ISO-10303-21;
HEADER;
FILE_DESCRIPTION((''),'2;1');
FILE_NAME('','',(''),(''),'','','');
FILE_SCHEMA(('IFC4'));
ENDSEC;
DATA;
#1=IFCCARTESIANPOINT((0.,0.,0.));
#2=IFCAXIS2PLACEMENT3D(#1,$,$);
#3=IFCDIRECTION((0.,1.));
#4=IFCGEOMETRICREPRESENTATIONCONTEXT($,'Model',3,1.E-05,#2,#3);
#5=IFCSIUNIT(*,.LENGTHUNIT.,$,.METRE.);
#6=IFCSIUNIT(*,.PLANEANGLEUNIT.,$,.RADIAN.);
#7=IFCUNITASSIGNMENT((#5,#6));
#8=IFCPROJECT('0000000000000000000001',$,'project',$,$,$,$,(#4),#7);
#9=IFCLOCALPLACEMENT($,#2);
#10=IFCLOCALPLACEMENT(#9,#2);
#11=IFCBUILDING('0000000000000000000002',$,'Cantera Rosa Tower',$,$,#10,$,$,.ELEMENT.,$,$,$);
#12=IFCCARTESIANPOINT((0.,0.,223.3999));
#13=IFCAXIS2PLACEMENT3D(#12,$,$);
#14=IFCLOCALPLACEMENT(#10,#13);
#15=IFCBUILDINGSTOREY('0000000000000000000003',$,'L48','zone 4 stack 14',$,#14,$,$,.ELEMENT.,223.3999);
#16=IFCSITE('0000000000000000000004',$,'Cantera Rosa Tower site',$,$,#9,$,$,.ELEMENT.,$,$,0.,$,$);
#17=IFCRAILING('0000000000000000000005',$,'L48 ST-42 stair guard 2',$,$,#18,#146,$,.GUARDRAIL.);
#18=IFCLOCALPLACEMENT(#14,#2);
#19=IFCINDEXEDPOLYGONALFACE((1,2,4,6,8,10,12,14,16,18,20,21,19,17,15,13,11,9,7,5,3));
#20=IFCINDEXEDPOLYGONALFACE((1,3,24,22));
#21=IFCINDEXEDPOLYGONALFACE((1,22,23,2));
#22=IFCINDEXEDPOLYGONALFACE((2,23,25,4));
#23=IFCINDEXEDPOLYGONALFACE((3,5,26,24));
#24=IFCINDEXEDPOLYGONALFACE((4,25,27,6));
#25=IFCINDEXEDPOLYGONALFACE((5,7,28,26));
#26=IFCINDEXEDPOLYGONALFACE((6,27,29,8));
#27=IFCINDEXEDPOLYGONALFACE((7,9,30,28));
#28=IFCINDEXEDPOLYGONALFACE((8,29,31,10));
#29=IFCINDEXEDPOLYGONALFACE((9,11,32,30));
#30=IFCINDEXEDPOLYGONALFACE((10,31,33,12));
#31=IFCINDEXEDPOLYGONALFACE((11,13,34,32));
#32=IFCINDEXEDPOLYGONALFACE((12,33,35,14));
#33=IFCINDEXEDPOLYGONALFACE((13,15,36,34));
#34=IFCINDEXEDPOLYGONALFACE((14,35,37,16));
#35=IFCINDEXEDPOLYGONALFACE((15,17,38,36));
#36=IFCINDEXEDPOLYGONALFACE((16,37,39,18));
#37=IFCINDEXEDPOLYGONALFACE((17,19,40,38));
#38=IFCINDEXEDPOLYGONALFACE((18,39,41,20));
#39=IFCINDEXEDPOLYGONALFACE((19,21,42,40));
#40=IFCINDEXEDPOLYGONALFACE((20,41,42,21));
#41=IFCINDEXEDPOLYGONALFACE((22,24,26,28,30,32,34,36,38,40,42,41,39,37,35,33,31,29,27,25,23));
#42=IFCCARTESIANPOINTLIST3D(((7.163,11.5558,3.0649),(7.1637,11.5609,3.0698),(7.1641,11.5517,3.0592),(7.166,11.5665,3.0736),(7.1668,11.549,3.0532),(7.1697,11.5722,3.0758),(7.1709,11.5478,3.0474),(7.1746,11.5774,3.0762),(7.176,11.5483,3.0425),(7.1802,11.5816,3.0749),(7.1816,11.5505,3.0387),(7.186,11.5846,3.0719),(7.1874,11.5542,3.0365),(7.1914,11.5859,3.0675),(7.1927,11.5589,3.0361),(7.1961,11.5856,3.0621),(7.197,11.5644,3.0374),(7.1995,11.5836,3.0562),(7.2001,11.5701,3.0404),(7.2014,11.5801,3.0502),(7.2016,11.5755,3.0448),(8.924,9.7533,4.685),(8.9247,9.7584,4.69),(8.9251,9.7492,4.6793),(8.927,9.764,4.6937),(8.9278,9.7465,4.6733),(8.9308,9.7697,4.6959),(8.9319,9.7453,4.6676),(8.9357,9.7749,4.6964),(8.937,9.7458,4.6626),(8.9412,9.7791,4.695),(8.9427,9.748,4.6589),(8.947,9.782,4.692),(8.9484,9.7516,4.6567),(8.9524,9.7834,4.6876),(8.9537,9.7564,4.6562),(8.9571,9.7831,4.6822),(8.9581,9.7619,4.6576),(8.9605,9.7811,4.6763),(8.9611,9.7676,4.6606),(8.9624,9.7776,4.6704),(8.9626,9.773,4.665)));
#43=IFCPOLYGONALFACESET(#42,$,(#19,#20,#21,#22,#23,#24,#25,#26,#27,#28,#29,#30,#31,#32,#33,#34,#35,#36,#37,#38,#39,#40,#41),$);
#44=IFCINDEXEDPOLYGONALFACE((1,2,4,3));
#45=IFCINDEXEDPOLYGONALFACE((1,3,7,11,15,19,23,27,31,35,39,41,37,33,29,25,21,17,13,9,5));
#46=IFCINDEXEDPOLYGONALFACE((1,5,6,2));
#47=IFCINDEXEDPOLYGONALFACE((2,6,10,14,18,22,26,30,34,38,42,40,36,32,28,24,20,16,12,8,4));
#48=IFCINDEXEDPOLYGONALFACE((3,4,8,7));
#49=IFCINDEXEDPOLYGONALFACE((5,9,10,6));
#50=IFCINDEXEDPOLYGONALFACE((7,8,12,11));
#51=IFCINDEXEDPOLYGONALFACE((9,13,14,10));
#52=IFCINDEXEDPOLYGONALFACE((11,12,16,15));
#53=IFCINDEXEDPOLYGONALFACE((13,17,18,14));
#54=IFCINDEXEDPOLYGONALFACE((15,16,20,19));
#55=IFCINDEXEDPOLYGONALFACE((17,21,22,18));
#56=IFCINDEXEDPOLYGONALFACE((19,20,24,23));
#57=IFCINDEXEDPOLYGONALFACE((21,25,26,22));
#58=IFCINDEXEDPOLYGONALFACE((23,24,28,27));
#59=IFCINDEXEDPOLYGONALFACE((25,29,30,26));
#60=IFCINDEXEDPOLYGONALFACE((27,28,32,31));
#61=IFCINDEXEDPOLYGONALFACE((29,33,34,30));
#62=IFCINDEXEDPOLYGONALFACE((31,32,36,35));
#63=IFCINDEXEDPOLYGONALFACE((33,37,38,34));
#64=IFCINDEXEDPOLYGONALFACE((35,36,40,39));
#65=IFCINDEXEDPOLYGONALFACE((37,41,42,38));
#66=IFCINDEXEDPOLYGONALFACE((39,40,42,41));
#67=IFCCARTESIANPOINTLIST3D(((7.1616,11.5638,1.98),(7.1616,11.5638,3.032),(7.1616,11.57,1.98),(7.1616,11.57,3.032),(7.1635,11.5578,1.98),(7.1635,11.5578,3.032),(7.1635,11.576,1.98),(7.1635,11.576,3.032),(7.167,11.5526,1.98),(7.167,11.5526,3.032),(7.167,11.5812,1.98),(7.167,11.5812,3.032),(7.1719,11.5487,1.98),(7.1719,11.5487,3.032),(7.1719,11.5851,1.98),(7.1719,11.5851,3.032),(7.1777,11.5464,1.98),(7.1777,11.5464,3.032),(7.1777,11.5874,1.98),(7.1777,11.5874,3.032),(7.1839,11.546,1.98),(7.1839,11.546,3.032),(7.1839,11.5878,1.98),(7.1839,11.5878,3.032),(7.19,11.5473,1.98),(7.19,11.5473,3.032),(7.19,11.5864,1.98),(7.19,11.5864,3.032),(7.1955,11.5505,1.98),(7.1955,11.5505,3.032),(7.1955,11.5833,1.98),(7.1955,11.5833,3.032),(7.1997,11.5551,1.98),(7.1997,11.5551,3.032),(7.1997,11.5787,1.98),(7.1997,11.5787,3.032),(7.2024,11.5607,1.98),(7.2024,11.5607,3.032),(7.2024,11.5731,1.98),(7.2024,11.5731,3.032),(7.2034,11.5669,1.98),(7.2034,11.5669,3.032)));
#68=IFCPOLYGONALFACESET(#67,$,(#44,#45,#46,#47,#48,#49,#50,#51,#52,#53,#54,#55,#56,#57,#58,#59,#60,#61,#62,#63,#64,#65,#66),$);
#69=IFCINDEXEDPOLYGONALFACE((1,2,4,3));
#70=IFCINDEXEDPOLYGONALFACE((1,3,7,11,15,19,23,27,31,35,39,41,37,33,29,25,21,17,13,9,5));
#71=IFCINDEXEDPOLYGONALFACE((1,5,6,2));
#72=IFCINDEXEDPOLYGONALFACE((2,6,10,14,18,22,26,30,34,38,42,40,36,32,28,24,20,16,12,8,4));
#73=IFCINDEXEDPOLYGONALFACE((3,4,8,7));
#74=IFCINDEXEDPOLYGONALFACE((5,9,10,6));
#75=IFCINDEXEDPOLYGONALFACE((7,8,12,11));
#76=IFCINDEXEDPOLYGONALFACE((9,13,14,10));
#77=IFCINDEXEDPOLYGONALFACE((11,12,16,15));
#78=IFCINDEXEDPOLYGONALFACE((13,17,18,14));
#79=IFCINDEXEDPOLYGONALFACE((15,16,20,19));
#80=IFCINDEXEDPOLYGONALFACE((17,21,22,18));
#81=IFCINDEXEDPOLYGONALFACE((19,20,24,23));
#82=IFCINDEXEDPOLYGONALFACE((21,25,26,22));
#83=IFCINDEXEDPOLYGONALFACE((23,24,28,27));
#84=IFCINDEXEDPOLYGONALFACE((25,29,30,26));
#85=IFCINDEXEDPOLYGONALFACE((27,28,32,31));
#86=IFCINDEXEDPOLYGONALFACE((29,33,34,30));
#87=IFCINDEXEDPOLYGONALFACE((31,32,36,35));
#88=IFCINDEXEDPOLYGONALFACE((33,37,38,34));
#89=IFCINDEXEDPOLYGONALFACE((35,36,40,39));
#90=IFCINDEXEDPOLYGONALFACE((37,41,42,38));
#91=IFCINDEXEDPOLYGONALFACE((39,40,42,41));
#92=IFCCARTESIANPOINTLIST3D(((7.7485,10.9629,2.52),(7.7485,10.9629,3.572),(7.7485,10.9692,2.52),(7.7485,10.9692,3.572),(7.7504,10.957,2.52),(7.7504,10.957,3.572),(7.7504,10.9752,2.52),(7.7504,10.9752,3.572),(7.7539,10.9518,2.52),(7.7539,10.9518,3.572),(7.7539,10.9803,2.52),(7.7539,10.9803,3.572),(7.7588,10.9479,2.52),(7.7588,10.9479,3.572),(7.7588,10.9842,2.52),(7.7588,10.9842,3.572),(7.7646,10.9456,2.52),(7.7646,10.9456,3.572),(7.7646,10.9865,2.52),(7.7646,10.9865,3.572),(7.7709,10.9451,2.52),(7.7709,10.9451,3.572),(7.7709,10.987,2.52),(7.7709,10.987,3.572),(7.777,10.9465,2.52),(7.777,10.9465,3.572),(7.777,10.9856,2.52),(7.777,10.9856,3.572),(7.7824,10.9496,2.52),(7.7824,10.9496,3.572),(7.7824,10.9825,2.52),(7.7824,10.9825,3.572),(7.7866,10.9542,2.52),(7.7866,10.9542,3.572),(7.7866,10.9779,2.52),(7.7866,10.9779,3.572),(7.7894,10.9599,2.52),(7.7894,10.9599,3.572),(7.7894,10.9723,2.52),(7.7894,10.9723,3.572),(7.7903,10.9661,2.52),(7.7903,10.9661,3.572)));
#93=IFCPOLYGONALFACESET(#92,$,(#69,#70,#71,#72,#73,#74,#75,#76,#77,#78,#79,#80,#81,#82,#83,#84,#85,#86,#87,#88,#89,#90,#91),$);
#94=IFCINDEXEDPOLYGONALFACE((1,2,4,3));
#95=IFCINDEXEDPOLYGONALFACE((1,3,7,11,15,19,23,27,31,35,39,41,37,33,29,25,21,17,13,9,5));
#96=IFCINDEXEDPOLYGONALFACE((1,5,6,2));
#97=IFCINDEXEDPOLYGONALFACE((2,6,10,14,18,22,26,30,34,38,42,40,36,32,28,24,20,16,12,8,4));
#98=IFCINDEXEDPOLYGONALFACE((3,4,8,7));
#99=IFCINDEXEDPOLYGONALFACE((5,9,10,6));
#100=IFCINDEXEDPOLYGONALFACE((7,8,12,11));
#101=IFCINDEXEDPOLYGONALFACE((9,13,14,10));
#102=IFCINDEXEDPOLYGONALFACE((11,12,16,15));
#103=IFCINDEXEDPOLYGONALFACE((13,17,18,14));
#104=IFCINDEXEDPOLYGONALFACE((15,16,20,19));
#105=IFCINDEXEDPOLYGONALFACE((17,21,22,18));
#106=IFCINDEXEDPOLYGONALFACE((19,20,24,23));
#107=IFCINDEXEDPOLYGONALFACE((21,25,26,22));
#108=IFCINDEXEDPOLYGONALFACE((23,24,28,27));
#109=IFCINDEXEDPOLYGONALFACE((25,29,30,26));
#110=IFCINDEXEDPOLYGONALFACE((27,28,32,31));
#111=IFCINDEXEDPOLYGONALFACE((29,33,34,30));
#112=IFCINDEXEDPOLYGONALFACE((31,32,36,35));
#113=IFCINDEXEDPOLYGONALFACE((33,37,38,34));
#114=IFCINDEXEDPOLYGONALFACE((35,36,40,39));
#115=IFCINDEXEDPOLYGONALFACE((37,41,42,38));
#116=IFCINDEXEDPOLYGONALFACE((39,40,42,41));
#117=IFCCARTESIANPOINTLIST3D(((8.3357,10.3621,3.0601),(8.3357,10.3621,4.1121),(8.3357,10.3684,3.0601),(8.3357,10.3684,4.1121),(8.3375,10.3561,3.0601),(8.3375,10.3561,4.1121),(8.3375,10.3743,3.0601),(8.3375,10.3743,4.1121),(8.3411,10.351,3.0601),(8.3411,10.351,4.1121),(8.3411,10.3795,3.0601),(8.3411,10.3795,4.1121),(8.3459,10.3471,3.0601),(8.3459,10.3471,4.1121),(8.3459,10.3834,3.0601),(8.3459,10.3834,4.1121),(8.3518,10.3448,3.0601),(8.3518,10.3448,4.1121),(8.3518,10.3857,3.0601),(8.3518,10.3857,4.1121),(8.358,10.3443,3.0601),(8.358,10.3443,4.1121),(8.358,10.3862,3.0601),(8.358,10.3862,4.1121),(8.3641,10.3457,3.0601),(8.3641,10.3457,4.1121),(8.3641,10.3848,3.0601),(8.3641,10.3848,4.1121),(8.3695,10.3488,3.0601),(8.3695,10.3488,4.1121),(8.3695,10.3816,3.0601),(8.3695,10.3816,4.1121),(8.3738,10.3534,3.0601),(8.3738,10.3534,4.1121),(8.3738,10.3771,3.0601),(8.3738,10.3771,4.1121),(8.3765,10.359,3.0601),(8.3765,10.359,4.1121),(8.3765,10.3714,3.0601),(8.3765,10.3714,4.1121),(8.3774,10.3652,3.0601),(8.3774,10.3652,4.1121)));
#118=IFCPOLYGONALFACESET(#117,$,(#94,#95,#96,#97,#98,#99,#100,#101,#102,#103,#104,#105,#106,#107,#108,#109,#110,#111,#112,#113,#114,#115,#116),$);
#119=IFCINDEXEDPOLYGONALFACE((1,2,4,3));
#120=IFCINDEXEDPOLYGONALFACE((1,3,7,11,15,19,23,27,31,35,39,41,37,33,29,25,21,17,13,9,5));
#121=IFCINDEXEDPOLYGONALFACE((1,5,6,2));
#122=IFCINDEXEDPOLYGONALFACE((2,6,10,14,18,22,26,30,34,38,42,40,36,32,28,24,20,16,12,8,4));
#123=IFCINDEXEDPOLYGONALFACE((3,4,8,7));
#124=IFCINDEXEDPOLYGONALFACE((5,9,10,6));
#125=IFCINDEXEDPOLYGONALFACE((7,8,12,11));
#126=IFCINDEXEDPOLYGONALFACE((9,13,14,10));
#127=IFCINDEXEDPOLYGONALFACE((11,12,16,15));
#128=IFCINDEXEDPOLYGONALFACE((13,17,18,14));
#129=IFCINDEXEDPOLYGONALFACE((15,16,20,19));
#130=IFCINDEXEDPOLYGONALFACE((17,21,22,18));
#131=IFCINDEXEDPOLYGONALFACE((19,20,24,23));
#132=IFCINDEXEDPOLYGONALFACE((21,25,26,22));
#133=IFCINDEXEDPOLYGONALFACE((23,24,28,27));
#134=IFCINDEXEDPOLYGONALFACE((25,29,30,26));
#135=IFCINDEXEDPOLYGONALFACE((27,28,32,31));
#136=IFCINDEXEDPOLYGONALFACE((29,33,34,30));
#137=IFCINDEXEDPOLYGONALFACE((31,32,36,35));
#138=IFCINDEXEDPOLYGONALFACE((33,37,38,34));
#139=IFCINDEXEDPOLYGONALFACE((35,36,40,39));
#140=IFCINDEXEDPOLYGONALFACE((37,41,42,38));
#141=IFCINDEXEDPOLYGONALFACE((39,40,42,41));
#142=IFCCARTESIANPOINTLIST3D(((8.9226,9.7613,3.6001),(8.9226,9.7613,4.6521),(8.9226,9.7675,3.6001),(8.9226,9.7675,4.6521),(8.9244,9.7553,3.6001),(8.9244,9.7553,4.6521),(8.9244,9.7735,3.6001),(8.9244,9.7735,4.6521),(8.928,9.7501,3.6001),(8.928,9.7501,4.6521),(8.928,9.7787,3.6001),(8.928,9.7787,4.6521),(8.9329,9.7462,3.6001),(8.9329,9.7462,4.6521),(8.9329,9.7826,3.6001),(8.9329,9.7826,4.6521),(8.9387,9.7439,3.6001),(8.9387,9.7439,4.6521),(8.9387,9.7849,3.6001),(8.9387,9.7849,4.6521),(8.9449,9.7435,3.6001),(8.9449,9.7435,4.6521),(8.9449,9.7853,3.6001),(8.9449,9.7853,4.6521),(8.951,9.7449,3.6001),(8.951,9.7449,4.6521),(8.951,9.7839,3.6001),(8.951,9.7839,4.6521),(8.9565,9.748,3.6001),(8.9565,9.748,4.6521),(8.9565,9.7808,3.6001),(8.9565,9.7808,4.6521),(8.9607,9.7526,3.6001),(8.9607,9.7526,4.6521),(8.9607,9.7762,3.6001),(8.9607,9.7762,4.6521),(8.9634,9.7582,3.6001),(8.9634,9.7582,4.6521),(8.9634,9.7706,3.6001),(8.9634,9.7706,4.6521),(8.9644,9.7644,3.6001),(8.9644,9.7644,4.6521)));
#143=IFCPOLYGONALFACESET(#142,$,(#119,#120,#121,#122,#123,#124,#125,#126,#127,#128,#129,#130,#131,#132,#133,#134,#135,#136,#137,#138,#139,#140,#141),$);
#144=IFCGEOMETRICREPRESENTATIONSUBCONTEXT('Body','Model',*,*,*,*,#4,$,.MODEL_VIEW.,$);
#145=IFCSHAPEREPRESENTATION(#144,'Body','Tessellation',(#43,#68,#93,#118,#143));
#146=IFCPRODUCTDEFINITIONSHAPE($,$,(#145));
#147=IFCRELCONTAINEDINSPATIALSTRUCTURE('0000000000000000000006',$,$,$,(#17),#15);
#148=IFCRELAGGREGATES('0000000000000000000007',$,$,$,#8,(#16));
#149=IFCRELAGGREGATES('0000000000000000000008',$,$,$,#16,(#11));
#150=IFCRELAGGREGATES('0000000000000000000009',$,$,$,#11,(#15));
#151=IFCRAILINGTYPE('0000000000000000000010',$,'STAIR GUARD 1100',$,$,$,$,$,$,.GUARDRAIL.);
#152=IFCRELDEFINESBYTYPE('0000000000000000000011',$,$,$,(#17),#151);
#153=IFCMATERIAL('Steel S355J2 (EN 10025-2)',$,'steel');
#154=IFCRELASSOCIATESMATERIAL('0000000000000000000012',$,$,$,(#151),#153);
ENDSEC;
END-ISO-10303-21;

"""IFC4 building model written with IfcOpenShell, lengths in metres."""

from ifc_helpers import new_model, si_unit, direction, frame, origin, origin_2d, place, context, subcontext, project, spatial, circle, extrude, material, type_object, element, save


model = new_model("IFC4")

# Units and contexts
model_context = context("Model", 3, precision=1e-05, world=origin(), true_north=direction((0.0, 1.0)))
body_context = subcontext(model_context, "Body", "Model", "MODEL_VIEW")
ifc_project = project(units=[si_unit("LENGTHUNIT", "METRE"), si_unit("PLANEANGLEUNIT", "RADIAN")], contexts=[model_context])

# Site, building, storey
site_placement = place(None, origin())
site = spatial("IfcSite", under=ifc_project, at=site_placement, Name="Cantera Rosa Tower site", CompositionType="ELEMENT", RefElevation=0.0)
building_placement = place(site_placement, origin())
building = spatial("IfcBuilding", under=site, at=building_placement, Name="Cantera Rosa Tower", CompositionType="ELEMENT")
storey_placement = place(building_placement, frame((0.0, 0.0, 223.3999)))
storey = spatial("IfcBuildingStorey", under=building, at=storey_placement, Name="L48", Description="zone 4 stack 14", CompositionType="ELEMENT", Elevation=223.3999)

# Railing
ifc_material_1 = material(Name="Steel S355J2 (EN 10025-2)", Category="steel")
railing_type_1 = type_object("IfcRailingType", Name="STAIR GUARD 1100", PredefinedType="GUARDRAIL", material=ifc_material_1)
railing_1_placement = place(storey_placement, frame((7.1824, 11.5669, 1.98)))
element("IfcRailing", 1, at=railing_1_placement, inside=storey, type_object=railing_type_1, Name="L48 ST-42 stair guard 2", PredefinedType="GUARDRAIL", context=body_context, shape_type="SweptSolid", body=[
    extrude(circle(Radius=0.0239, at=origin_2d()), frame((0.0, 0.0, 1.0762), z_axis=(0.587818, -0.601672, 0.540796), x_axis=(0.715294, 0.698824, 0.0)), (0.0, 0.0, 1.0), 2.9958),
    extrude(circle(Radius=0.021, at=origin_2d()), origin(), (0.0, 0.0, 1.0), 1.052),
    extrude(circle(Radius=0.021, at=origin_2d()), frame((0.5869, -0.6008, 0.54)), (0.0, 0.0, 1.0), 1.052),
    extrude(circle(Radius=0.021, at=origin_2d()), frame((1.1741, -1.2017, 1.0801)), (0.0, 0.0, 1.0), 1.052),
    extrude(circle(Radius=0.021, at=origin_2d()), frame((1.761, -1.8025, 1.6201)), (0.0, 0.0, 1.0), 1.052),
])

save(model, "model.ifc")
